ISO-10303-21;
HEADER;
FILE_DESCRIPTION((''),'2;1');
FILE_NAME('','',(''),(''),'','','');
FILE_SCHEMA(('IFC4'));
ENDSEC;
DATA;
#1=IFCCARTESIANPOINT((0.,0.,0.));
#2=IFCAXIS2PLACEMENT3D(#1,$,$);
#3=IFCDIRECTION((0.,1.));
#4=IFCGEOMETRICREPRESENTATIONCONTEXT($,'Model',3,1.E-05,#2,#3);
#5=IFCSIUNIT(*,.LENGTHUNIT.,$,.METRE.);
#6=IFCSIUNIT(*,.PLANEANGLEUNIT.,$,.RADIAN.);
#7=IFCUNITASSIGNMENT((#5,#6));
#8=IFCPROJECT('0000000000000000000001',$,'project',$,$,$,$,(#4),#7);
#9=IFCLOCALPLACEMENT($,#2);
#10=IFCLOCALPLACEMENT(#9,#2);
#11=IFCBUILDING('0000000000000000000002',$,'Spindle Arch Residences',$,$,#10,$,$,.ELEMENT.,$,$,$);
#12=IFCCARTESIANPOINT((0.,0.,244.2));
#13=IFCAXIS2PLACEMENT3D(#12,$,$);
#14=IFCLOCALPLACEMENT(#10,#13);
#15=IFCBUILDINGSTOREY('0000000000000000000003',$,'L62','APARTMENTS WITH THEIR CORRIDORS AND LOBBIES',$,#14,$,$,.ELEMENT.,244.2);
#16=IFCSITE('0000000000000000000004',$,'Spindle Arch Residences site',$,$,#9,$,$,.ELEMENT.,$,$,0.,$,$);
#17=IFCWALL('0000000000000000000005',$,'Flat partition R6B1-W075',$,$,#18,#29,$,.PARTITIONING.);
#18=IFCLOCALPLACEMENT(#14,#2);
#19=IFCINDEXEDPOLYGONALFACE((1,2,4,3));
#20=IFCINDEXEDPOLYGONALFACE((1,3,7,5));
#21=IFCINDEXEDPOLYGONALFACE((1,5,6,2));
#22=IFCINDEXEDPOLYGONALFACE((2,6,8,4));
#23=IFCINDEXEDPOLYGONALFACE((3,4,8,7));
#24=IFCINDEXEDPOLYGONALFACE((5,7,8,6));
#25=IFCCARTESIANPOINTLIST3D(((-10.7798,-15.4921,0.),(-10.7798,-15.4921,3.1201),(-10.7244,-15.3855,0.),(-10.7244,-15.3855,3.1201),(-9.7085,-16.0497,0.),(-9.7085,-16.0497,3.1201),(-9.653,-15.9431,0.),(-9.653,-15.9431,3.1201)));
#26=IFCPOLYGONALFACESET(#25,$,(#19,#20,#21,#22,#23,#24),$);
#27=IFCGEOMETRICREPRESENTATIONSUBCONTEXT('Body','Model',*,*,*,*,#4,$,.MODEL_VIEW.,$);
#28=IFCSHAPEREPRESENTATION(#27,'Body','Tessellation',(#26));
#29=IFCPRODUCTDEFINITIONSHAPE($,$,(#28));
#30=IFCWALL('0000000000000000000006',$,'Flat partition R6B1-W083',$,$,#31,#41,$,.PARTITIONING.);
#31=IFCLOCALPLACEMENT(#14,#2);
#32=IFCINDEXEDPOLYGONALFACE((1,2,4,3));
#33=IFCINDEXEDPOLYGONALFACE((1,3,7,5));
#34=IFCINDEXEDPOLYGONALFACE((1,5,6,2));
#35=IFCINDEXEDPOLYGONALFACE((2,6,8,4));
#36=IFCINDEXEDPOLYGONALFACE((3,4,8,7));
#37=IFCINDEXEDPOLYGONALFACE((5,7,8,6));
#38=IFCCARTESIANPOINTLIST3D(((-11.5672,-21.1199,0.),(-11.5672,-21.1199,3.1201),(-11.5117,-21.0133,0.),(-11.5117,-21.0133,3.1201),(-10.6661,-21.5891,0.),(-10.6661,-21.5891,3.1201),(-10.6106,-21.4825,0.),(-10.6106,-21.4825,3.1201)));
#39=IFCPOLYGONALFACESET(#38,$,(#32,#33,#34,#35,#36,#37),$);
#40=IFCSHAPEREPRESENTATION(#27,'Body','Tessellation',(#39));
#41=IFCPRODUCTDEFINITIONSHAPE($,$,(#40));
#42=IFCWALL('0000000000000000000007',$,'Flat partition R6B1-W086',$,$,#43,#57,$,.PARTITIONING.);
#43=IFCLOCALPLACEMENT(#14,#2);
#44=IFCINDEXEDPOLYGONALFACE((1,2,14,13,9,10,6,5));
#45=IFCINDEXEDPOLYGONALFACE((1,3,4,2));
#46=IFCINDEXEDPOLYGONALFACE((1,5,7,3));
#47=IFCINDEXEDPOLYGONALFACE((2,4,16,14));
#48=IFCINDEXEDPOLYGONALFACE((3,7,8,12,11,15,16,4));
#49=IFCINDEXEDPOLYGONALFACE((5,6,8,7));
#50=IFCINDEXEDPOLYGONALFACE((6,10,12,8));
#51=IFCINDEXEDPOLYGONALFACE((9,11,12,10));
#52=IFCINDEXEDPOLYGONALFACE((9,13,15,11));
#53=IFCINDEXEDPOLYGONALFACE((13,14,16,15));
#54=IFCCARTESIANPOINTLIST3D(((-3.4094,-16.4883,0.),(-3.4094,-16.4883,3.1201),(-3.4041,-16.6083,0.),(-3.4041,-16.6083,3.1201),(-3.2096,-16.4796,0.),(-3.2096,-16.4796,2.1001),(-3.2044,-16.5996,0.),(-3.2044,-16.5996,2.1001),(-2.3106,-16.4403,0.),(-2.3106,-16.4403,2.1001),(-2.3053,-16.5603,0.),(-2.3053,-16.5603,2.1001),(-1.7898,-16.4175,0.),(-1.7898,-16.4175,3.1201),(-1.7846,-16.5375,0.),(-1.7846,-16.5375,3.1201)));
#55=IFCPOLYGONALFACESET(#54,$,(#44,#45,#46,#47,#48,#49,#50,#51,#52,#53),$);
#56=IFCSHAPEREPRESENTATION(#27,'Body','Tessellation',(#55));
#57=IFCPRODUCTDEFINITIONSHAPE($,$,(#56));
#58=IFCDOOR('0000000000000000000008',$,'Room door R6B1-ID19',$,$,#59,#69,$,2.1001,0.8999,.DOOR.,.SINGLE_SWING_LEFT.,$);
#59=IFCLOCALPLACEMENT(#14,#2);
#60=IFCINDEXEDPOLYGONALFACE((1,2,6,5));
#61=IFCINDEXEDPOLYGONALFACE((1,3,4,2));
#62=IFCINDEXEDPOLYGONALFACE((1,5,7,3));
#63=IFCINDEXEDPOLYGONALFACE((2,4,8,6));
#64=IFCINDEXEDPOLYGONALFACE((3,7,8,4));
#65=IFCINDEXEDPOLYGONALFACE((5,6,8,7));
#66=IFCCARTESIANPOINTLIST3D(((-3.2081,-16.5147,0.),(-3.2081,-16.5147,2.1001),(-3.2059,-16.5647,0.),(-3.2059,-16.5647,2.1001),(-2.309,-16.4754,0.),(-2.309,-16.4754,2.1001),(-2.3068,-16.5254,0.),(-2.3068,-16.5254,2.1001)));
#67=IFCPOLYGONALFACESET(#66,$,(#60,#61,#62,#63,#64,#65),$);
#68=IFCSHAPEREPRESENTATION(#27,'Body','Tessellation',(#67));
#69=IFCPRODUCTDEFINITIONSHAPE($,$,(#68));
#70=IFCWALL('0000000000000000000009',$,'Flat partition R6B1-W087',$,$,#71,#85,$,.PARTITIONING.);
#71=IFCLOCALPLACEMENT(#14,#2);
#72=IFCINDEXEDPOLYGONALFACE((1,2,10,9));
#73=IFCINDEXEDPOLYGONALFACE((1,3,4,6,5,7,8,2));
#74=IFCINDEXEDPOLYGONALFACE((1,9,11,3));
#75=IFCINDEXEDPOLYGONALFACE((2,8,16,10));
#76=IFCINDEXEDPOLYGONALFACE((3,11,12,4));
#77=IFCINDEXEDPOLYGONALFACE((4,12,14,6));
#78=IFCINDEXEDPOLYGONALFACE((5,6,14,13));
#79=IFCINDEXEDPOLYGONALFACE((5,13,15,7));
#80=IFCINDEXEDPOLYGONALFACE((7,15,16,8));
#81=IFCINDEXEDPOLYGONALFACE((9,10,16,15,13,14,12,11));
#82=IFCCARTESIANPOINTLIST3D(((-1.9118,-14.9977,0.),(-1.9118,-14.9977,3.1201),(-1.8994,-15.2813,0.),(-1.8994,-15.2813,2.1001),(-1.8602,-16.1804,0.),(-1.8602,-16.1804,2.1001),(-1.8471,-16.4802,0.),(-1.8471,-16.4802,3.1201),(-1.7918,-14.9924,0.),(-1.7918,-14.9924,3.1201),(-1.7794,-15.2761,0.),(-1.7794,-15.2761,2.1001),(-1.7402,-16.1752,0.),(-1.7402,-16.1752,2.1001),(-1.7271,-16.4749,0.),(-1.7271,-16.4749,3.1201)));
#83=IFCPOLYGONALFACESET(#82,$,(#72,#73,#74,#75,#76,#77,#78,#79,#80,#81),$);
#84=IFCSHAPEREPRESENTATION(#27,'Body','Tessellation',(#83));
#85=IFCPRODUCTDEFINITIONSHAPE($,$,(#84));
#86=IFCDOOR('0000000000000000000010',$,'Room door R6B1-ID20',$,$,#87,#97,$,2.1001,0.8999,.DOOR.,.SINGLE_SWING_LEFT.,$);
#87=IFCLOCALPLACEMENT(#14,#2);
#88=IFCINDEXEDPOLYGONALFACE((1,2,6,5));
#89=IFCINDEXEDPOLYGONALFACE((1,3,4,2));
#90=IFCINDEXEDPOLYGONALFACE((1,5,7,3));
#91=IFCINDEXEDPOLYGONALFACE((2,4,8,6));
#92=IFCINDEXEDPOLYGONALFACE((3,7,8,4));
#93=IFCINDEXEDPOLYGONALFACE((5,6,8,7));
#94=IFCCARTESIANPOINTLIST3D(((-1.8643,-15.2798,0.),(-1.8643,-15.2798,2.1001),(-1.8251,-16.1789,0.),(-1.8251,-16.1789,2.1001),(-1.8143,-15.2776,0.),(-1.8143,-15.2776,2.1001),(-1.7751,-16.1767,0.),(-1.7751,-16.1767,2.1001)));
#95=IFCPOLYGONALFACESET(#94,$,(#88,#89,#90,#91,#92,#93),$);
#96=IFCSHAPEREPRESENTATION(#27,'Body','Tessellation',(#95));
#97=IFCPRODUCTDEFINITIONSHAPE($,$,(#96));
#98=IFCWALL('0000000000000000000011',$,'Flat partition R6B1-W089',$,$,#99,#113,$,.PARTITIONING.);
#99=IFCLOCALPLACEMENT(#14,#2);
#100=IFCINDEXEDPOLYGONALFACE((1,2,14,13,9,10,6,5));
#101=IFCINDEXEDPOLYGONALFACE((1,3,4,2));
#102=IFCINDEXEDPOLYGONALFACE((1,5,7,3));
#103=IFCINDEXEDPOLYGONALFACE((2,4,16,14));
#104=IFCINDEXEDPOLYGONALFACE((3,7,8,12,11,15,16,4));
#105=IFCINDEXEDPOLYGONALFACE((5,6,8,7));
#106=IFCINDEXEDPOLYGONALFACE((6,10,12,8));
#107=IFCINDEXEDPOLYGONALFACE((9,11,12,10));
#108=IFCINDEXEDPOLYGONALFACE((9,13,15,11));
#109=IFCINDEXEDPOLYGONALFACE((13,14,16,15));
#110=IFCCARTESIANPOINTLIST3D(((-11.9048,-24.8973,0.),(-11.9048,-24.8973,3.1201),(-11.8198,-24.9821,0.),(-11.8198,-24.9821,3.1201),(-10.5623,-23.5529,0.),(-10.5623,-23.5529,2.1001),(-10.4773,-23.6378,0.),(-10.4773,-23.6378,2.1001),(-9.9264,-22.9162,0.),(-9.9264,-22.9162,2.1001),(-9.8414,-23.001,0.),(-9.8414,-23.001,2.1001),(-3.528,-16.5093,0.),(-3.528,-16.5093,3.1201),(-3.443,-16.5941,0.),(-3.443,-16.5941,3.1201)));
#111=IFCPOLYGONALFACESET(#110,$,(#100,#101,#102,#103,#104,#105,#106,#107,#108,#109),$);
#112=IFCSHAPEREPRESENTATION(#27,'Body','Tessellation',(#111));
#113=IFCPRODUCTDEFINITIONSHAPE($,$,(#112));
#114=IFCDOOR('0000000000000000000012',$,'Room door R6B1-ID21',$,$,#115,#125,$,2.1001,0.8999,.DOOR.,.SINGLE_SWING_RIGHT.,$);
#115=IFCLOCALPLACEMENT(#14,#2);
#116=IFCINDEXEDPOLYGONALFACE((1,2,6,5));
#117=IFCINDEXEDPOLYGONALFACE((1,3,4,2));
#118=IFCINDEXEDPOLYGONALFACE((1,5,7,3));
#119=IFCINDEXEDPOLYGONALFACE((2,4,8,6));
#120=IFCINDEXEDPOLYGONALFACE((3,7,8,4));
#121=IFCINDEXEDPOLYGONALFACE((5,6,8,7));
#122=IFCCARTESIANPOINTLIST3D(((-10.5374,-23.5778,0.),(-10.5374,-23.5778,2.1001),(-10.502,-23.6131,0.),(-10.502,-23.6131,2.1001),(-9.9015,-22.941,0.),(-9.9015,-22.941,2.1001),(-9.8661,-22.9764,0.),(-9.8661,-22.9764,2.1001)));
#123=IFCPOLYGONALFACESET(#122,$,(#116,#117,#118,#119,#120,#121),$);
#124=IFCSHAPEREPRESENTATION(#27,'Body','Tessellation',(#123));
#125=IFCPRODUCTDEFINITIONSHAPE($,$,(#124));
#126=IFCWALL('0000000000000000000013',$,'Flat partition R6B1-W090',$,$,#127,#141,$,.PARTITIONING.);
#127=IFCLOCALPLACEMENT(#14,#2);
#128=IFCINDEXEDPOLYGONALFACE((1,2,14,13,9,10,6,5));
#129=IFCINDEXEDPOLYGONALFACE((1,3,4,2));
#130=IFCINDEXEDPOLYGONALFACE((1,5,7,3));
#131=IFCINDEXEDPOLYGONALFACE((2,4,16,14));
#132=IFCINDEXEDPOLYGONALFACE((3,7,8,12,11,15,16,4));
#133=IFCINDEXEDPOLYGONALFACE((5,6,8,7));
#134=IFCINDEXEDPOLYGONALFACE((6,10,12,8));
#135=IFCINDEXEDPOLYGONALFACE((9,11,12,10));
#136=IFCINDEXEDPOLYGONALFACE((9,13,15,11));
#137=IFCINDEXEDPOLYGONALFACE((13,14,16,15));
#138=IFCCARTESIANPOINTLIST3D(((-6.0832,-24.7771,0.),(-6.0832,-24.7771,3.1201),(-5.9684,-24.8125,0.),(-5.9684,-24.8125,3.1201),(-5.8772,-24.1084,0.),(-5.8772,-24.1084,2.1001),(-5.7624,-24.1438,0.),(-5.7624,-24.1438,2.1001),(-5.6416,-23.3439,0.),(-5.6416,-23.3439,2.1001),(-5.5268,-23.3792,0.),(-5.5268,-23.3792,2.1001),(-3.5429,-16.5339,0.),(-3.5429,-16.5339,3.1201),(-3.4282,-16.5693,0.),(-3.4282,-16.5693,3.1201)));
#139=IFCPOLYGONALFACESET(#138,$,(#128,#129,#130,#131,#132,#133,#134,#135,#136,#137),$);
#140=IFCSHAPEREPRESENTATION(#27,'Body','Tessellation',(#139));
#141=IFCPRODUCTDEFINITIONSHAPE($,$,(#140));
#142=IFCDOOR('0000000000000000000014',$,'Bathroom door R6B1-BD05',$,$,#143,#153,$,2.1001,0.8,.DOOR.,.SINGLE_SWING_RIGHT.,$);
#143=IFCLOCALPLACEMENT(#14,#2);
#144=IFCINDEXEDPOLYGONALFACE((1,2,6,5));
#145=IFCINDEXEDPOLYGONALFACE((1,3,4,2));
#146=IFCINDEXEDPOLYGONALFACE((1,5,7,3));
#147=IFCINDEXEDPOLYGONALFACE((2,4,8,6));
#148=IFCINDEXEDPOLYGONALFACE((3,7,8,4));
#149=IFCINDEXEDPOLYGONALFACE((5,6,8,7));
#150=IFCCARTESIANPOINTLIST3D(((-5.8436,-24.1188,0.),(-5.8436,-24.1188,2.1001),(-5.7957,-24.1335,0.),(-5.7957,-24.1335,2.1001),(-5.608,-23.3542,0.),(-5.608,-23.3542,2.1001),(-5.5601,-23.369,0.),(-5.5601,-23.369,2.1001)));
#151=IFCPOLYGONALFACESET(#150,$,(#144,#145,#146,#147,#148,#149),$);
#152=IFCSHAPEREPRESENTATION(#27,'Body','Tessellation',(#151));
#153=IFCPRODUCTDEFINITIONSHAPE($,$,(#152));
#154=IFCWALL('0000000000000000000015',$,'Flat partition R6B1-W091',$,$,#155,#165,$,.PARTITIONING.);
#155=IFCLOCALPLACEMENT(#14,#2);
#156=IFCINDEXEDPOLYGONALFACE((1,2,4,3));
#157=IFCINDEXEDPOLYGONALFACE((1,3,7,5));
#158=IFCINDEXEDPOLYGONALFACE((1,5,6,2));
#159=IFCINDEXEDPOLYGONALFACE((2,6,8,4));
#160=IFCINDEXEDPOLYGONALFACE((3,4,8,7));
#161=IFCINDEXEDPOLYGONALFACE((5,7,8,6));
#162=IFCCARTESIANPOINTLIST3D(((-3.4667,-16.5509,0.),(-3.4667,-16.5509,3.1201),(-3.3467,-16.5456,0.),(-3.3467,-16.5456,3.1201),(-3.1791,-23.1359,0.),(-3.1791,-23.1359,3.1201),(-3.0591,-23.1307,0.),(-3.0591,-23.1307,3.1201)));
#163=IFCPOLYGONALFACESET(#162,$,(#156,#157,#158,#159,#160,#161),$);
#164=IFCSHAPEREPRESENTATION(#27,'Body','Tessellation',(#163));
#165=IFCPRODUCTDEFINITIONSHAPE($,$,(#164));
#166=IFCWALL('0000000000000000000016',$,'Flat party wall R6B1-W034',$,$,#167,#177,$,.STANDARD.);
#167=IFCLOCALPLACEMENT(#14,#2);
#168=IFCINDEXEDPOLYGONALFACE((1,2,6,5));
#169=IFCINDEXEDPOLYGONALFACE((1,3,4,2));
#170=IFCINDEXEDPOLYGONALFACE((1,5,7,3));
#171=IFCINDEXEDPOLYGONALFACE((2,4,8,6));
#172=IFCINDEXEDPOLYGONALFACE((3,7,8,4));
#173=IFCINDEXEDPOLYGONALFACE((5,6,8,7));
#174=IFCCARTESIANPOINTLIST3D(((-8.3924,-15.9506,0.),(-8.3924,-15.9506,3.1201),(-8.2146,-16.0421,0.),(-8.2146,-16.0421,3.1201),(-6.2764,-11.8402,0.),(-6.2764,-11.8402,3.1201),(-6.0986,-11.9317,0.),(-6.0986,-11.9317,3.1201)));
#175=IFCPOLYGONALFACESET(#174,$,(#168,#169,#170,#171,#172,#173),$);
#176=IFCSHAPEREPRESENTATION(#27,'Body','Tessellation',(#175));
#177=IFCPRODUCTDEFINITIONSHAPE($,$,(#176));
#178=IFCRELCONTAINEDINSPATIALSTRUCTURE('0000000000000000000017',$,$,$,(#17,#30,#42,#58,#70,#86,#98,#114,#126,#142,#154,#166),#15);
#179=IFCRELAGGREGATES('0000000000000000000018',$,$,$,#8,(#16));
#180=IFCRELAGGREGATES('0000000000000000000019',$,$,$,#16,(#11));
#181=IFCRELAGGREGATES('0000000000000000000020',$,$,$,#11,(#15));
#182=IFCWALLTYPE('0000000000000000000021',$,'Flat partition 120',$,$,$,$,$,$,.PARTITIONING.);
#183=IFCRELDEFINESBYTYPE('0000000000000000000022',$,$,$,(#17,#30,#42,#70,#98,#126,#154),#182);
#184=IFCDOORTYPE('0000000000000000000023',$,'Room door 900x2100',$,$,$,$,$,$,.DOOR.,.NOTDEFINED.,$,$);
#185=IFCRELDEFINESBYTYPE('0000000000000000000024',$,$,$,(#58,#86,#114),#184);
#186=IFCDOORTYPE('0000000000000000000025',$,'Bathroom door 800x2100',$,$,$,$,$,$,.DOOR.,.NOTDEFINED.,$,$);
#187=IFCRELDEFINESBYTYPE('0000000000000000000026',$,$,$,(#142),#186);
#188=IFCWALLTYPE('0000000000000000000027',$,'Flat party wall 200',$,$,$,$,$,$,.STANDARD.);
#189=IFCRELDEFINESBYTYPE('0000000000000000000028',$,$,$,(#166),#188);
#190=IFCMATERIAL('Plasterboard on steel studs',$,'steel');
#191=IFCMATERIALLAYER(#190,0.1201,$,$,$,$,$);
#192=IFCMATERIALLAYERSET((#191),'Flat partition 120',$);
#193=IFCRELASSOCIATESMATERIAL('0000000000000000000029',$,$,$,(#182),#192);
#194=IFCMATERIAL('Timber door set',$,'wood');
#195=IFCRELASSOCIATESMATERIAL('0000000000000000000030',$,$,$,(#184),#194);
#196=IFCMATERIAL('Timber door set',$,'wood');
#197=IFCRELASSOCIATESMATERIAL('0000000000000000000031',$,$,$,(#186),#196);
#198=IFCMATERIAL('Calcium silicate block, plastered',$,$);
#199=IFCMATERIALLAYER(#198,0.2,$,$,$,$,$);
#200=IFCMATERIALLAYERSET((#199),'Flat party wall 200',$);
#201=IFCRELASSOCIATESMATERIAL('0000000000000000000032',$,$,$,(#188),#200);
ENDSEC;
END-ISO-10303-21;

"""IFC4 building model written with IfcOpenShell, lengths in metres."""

from ifc_helpers import new_model, si_unit, direction, frame, frame_2d, origin, place, context, subcontext, project, spatial, rectangle, extrude, material, layer, layer_set, type_object, element, fill, save


model = new_model("IFC4")

# Units and contexts
model_context = context("Model", 3, precision=1e-05, world=origin(), true_north=direction((0.0, 1.0)))
body_context = subcontext(model_context, "Body", "Model", "MODEL_VIEW")
ifc_project = project(units=[si_unit("LENGTHUNIT", "METRE"), si_unit("PLANEANGLEUNIT", "RADIAN")], contexts=[model_context])

# Site, building, storey
site_placement = place(None, origin())
site = spatial("IfcSite", under=ifc_project, at=site_placement, Name="Spindle Arch Residences site", CompositionType="ELEMENT", RefElevation=0.0)
building_placement = place(site_placement, origin())
building = spatial("IfcBuilding", under=site, at=building_placement, Name="Spindle Arch Residences", CompositionType="ELEMENT")
storey_placement = place(building_placement, frame((0.0, 0.0, 244.2)))
storey = spatial("IfcBuildingStorey", under=building, at=storey_placement, Name="L62", Description="APARTMENTS WITH THEIR CORRIDORS AND LOBBIES", CompositionType="ELEMENT", Elevation=244.2)

# Walls
ifc_material_1 = material(Name="Plasterboard on steel studs", Category="steel")
ifc_layer_1 = layer(ifc_material_1, 0.1201)
ifc_layer_set_1 = layer_set([ifc_layer_1], Name="Flat partition 120")
wall_type_1 = type_object("IfcWallType", Name="Flat partition 120", PredefinedType="PARTITIONING", material=ifc_layer_set_1)
wall_1_placement = place(storey_placement, frame((-10.7522, -15.4387, 0.0), z_axis=(0.0, 0.0, 1.0), x_axis=(0.887031, -0.461709, 0.0)))
element("IfcWall", 1, at=wall_1_placement, inside=storey, type_object=wall_type_1, Name="Flat partition R6B1-W075", PredefinedType="PARTITIONING", context=body_context, shape_type="SweptSolid", body=[
    extrude(rectangle(XDim=1.2078, YDim=0.1201, at=frame_2d((0.604, 0.0))), origin(), (0.0, 0.0, 1.0), 3.1201),
])
wall_2_placement = place(storey_placement, frame((-11.5393, -21.0667, 0.0), z_axis=(0.0, 0.0, 1.0), x_axis=(0.886953, -0.46186, 0.0)))
element("IfcWall", 2, at=wall_2_placement, inside=storey, type_object=wall_type_1, Name="Flat partition R6B1-W083", PredefinedType="PARTITIONING", context=body_context, shape_type="SweptSolid", body=[
    extrude(rectangle(XDim=1.0159, YDim=0.1201, at=frame_2d((0.5078, 0.0))), origin(), (0.0, 0.0, 1.0), 3.1201),
])

# Walls, openings, doors
wall_3_placement = place(storey_placement, frame((-3.4067, -16.5483, 0.0), z_axis=(0.0, 0.0, 1.0), x_axis=(0.999046, 0.043672, 0.0)))
wall_3 = element("IfcWall", 3, at=wall_3_placement, inside=storey, type_object=wall_type_1, Name="Flat partition R6B1-W086", PredefinedType="PARTITIONING", context=body_context, shape_type="SweptSolid", body=[
    extrude(rectangle(XDim=1.6211, YDim=0.1201, at=frame_2d((0.8105, 0.0))), origin(), (0.0, 0.0, 1.0), 3.1201),
])
opening_1_placement = place(wall_3_placement, frame((0.2, 0.0, 0.0)))
opening_1 = element("IfcOpeningElement", 4, at=opening_1_placement, cuts=wall_3, PredefinedType="OPENING", context=body_context, shape_type="SweptSolid", body=[
    extrude(rectangle(XDim=0.8999, YDim=2.1001, at=frame_2d((0.45, 1.05))), frame((0.0, 0.0701, 0.0), z_axis=(0.0, -1.0, 0.0), x_axis=(1.0, 0.0, 0.0)), (0.0, 0.0, 1.0), 0.1401),
])
ifc_material_2 = material(Name="Timber door set", Category="wood")
door_type_1 = type_object("IfcDoorType", Name="Room door 900x2100", OperationType="NOTDEFINED", PredefinedType="DOOR", material=ifc_material_2)
door_1_placement = place(opening_1_placement, origin())
door_1 = element("IfcDoor", 5, at=door_1_placement, inside=storey, type_object=door_type_1, Name="Room door R6B1-ID19", OperationType="SINGLE_SWING_LEFT", OverallHeight=2.1001, OverallWidth=0.8999, PredefinedType="DOOR", context=body_context, shape_type="SweptSolid", body=[
    extrude(rectangle(XDim=0.8999, YDim=2.1001, at=frame_2d((0.45, 1.05))), frame((0.0, 0.0249, 0.0), z_axis=(0.0, -1.0, 0.0), x_axis=(1.0, 0.0, 0.0)), (0.0, 0.0, 1.0), 0.05),
])
fill(opening_1, door_1)
wall_4_placement = place(storey_placement, frame((-1.7871, -16.4775, 0.0), z_axis=(0.0, 0.0, 1.0), x_axis=(-0.043601, 0.999049, 0.0)))
wall_4 = element("IfcWall", 6, at=wall_4_placement, inside=storey, type_object=wall_type_1, Name="Flat partition R6B1-W087", PredefinedType="PARTITIONING", context=body_context, shape_type="SweptSolid", body=[
    extrude(rectangle(XDim=1.4839, YDim=0.1201, at=frame_2d((0.7419, 0.0))), origin(), (0.0, 0.0, 1.0), 3.1201),
])
opening_2_placement = place(wall_4_placement, frame((0.3, 0.0, 0.0)))
opening_2 = element("IfcOpeningElement", 7, at=opening_2_placement, cuts=wall_4, PredefinedType="OPENING", context=body_context, shape_type="SweptSolid", body=[
    extrude(rectangle(XDim=0.8999, YDim=2.1001, at=frame_2d((0.45, 1.05))), frame((0.0, 0.0701, 0.0), z_axis=(0.0, -1.0, 0.0), x_axis=(1.0, 0.0, 0.0)), (0.0, 0.0, 1.0), 0.1401),
])
door_2_placement = place(opening_2_placement, origin())
door_2 = element("IfcDoor", 8, at=door_2_placement, inside=storey, type_object=door_type_1, Name="Room door R6B1-ID20", OperationType="SINGLE_SWING_LEFT", OverallHeight=2.1001, OverallWidth=0.8999, PredefinedType="DOOR", context=body_context, shape_type="SweptSolid", body=[
    extrude(rectangle(XDim=0.8999, YDim=2.1001, at=frame_2d((0.45, 1.05))), frame((0.0, 0.0249, 0.0), z_axis=(0.0, -1.0, 0.0), x_axis=(1.0, 0.0, 0.0)), (0.0, 0.0, 1.0), 0.05),
])
fill(opening_2, door_2)
wall_5_placement = place(storey_placement, frame((-11.8623, -24.9397, 0.0), z_axis=(0.0, 0.0, 1.0), x_axis=(0.706633, 0.70758, 0.0)))
wall_5 = element("IfcWall", 9, at=wall_5_placement, inside=storey, type_object=wall_type_1, Name="Flat partition R6B1-W089", PredefinedType="PARTITIONING", context=body_context, shape_type="SweptSolid", body=[
    extrude(rectangle(XDim=11.8545, YDim=0.1201, at=frame_2d((5.9272, 0.0))), origin(), (0.0, 0.0, 1.0), 3.1201),
])
opening_3_placement = place(wall_5_placement, frame((1.8999, 0.0, 0.0)))
opening_3 = element("IfcOpeningElement", 10, at=opening_3_placement, cuts=wall_5, PredefinedType="OPENING", context=body_context, shape_type="SweptSolid", body=[
    extrude(rectangle(XDim=0.8999, YDim=2.1001, at=frame_2d((0.45, 1.05))), frame((0.0, 0.0701, 0.0), z_axis=(0.0, -1.0, 0.0), x_axis=(1.0, 0.0, 0.0)), (0.0, 0.0, 1.0), 0.1401),
])
door_3_placement = place(opening_3_placement, origin())
door_3 = element("IfcDoor", 11, at=door_3_placement, inside=storey, type_object=door_type_1, Name="Room door R6B1-ID21", OperationType="SINGLE_SWING_RIGHT", OverallHeight=2.1001, OverallWidth=0.8999, PredefinedType="DOOR", context=body_context, shape_type="SweptSolid", body=[
    extrude(rectangle(XDim=0.8999, YDim=2.1001, at=frame_2d((0.45, 1.05))), frame((0.0, 0.0249, 0.0), z_axis=(0.0, -1.0, 0.0), x_axis=(1.0, 0.0, 0.0)), (0.0, 0.0, 1.0), 0.05),
])
fill(opening_3, door_3)
wall_6_placement = place(storey_placement, frame((-6.0259, -24.7949, 0.0), z_axis=(0.0, 0.0, 1.0), x_axis=(0.294502, 0.955651, 0.0)))
wall_6 = element("IfcWall", 12, at=wall_6_placement, inside=storey, type_object=wall_type_1, Name="Flat partition R6B1-W090", PredefinedType="PARTITIONING", context=body_context, shape_type="SweptSolid", body=[
    extrude(rectangle(XDim=8.6257, YDim=0.1201, at=frame_2d((4.313, 0.0))), origin(), (0.0, 0.0, 1.0), 3.1201),
])
opening_4_placement = place(wall_6_placement, frame((0.7, 0.0, 0.0)))
opening_4 = element("IfcOpeningElement", 13, at=opening_4_placement, cuts=wall_6, PredefinedType="OPENING", context=body_context, shape_type="SweptSolid", body=[
    extrude(rectangle(XDim=0.8, YDim=2.1001, at=frame_2d((0.3999, 1.05))), frame((0.0, 0.0701, 0.0), z_axis=(0.0, -1.0, 0.0), x_axis=(1.0, 0.0, 0.0)), (0.0, 0.0, 1.0), 0.1401),
])
ifc_material_3 = material(Name="Timber door set", Category="wood")
door_type_2 = type_object("IfcDoorType", Name="Bathroom door 800x2100", OperationType="NOTDEFINED", PredefinedType="DOOR", material=ifc_material_3)
door_4_placement = place(opening_4_placement, origin())
door_4 = element("IfcDoor", 14, at=door_4_placement, inside=storey, type_object=door_type_2, Name="Bathroom door R6B1-BD05", OperationType="SINGLE_SWING_RIGHT", OverallHeight=2.1001, OverallWidth=0.8, PredefinedType="DOOR", context=body_context, shape_type="SweptSolid", body=[
    extrude(rectangle(XDim=0.8, YDim=2.1001, at=frame_2d((0.3999, 1.05))), frame((0.0, 0.0249, 0.0), z_axis=(0.0, -1.0, 0.0), x_axis=(1.0, 0.0, 0.0)), (0.0, 0.0, 1.0), 0.05),
])
fill(opening_4, door_4)

# Walls
wall_7_placement = place(storey_placement, frame((-3.1191, -23.1333, 0.0), z_axis=(0.0, 0.0, 1.0), x_axis=(-0.043633, 0.999048, 0.0)))
element("IfcWall", 15, at=wall_7_placement, inside=storey, type_object=wall_type_1, Name="Flat partition R6B1-W091", PredefinedType="PARTITIONING", context=body_context, shape_type="SweptSolid", body=[
    extrude(rectangle(XDim=6.5913, YDim=0.1201, at=frame_2d((3.2957, 0.0))), origin(), (0.0, 0.0, 1.0), 3.1201),
])
ifc_material_4 = material(Name="Calcium silicate block, plastered")
ifc_layer_2 = layer(ifc_material_4, 0.2)
ifc_layer_set_2 = layer_set([ifc_layer_2], Name="Flat party wall 200")
wall_type_2 = type_object("IfcWallType", Name="Flat party wall 200", PredefinedType="STANDARD", material=ifc_layer_set_2)
wall_8_placement = place(storey_placement, frame((-8.3035, -15.9963, 0.0), z_axis=(0.0, 0.0, 1.0), x_axis=(0.457702, 0.889105, 0.0)))
element("IfcWall", 16, at=wall_8_placement, inside=storey, type_object=wall_type_2, Name="Flat party wall R6B1-W034", PredefinedType="STANDARD", context=body_context, shape_type="SweptSolid", body=[
    extrude(rectangle(XDim=4.623, YDim=0.2, at=frame_2d((2.3115, 0.0))), origin(), (0.0, 0.0, 1.0), 3.1201),
])

save(model, "model.ifc")
